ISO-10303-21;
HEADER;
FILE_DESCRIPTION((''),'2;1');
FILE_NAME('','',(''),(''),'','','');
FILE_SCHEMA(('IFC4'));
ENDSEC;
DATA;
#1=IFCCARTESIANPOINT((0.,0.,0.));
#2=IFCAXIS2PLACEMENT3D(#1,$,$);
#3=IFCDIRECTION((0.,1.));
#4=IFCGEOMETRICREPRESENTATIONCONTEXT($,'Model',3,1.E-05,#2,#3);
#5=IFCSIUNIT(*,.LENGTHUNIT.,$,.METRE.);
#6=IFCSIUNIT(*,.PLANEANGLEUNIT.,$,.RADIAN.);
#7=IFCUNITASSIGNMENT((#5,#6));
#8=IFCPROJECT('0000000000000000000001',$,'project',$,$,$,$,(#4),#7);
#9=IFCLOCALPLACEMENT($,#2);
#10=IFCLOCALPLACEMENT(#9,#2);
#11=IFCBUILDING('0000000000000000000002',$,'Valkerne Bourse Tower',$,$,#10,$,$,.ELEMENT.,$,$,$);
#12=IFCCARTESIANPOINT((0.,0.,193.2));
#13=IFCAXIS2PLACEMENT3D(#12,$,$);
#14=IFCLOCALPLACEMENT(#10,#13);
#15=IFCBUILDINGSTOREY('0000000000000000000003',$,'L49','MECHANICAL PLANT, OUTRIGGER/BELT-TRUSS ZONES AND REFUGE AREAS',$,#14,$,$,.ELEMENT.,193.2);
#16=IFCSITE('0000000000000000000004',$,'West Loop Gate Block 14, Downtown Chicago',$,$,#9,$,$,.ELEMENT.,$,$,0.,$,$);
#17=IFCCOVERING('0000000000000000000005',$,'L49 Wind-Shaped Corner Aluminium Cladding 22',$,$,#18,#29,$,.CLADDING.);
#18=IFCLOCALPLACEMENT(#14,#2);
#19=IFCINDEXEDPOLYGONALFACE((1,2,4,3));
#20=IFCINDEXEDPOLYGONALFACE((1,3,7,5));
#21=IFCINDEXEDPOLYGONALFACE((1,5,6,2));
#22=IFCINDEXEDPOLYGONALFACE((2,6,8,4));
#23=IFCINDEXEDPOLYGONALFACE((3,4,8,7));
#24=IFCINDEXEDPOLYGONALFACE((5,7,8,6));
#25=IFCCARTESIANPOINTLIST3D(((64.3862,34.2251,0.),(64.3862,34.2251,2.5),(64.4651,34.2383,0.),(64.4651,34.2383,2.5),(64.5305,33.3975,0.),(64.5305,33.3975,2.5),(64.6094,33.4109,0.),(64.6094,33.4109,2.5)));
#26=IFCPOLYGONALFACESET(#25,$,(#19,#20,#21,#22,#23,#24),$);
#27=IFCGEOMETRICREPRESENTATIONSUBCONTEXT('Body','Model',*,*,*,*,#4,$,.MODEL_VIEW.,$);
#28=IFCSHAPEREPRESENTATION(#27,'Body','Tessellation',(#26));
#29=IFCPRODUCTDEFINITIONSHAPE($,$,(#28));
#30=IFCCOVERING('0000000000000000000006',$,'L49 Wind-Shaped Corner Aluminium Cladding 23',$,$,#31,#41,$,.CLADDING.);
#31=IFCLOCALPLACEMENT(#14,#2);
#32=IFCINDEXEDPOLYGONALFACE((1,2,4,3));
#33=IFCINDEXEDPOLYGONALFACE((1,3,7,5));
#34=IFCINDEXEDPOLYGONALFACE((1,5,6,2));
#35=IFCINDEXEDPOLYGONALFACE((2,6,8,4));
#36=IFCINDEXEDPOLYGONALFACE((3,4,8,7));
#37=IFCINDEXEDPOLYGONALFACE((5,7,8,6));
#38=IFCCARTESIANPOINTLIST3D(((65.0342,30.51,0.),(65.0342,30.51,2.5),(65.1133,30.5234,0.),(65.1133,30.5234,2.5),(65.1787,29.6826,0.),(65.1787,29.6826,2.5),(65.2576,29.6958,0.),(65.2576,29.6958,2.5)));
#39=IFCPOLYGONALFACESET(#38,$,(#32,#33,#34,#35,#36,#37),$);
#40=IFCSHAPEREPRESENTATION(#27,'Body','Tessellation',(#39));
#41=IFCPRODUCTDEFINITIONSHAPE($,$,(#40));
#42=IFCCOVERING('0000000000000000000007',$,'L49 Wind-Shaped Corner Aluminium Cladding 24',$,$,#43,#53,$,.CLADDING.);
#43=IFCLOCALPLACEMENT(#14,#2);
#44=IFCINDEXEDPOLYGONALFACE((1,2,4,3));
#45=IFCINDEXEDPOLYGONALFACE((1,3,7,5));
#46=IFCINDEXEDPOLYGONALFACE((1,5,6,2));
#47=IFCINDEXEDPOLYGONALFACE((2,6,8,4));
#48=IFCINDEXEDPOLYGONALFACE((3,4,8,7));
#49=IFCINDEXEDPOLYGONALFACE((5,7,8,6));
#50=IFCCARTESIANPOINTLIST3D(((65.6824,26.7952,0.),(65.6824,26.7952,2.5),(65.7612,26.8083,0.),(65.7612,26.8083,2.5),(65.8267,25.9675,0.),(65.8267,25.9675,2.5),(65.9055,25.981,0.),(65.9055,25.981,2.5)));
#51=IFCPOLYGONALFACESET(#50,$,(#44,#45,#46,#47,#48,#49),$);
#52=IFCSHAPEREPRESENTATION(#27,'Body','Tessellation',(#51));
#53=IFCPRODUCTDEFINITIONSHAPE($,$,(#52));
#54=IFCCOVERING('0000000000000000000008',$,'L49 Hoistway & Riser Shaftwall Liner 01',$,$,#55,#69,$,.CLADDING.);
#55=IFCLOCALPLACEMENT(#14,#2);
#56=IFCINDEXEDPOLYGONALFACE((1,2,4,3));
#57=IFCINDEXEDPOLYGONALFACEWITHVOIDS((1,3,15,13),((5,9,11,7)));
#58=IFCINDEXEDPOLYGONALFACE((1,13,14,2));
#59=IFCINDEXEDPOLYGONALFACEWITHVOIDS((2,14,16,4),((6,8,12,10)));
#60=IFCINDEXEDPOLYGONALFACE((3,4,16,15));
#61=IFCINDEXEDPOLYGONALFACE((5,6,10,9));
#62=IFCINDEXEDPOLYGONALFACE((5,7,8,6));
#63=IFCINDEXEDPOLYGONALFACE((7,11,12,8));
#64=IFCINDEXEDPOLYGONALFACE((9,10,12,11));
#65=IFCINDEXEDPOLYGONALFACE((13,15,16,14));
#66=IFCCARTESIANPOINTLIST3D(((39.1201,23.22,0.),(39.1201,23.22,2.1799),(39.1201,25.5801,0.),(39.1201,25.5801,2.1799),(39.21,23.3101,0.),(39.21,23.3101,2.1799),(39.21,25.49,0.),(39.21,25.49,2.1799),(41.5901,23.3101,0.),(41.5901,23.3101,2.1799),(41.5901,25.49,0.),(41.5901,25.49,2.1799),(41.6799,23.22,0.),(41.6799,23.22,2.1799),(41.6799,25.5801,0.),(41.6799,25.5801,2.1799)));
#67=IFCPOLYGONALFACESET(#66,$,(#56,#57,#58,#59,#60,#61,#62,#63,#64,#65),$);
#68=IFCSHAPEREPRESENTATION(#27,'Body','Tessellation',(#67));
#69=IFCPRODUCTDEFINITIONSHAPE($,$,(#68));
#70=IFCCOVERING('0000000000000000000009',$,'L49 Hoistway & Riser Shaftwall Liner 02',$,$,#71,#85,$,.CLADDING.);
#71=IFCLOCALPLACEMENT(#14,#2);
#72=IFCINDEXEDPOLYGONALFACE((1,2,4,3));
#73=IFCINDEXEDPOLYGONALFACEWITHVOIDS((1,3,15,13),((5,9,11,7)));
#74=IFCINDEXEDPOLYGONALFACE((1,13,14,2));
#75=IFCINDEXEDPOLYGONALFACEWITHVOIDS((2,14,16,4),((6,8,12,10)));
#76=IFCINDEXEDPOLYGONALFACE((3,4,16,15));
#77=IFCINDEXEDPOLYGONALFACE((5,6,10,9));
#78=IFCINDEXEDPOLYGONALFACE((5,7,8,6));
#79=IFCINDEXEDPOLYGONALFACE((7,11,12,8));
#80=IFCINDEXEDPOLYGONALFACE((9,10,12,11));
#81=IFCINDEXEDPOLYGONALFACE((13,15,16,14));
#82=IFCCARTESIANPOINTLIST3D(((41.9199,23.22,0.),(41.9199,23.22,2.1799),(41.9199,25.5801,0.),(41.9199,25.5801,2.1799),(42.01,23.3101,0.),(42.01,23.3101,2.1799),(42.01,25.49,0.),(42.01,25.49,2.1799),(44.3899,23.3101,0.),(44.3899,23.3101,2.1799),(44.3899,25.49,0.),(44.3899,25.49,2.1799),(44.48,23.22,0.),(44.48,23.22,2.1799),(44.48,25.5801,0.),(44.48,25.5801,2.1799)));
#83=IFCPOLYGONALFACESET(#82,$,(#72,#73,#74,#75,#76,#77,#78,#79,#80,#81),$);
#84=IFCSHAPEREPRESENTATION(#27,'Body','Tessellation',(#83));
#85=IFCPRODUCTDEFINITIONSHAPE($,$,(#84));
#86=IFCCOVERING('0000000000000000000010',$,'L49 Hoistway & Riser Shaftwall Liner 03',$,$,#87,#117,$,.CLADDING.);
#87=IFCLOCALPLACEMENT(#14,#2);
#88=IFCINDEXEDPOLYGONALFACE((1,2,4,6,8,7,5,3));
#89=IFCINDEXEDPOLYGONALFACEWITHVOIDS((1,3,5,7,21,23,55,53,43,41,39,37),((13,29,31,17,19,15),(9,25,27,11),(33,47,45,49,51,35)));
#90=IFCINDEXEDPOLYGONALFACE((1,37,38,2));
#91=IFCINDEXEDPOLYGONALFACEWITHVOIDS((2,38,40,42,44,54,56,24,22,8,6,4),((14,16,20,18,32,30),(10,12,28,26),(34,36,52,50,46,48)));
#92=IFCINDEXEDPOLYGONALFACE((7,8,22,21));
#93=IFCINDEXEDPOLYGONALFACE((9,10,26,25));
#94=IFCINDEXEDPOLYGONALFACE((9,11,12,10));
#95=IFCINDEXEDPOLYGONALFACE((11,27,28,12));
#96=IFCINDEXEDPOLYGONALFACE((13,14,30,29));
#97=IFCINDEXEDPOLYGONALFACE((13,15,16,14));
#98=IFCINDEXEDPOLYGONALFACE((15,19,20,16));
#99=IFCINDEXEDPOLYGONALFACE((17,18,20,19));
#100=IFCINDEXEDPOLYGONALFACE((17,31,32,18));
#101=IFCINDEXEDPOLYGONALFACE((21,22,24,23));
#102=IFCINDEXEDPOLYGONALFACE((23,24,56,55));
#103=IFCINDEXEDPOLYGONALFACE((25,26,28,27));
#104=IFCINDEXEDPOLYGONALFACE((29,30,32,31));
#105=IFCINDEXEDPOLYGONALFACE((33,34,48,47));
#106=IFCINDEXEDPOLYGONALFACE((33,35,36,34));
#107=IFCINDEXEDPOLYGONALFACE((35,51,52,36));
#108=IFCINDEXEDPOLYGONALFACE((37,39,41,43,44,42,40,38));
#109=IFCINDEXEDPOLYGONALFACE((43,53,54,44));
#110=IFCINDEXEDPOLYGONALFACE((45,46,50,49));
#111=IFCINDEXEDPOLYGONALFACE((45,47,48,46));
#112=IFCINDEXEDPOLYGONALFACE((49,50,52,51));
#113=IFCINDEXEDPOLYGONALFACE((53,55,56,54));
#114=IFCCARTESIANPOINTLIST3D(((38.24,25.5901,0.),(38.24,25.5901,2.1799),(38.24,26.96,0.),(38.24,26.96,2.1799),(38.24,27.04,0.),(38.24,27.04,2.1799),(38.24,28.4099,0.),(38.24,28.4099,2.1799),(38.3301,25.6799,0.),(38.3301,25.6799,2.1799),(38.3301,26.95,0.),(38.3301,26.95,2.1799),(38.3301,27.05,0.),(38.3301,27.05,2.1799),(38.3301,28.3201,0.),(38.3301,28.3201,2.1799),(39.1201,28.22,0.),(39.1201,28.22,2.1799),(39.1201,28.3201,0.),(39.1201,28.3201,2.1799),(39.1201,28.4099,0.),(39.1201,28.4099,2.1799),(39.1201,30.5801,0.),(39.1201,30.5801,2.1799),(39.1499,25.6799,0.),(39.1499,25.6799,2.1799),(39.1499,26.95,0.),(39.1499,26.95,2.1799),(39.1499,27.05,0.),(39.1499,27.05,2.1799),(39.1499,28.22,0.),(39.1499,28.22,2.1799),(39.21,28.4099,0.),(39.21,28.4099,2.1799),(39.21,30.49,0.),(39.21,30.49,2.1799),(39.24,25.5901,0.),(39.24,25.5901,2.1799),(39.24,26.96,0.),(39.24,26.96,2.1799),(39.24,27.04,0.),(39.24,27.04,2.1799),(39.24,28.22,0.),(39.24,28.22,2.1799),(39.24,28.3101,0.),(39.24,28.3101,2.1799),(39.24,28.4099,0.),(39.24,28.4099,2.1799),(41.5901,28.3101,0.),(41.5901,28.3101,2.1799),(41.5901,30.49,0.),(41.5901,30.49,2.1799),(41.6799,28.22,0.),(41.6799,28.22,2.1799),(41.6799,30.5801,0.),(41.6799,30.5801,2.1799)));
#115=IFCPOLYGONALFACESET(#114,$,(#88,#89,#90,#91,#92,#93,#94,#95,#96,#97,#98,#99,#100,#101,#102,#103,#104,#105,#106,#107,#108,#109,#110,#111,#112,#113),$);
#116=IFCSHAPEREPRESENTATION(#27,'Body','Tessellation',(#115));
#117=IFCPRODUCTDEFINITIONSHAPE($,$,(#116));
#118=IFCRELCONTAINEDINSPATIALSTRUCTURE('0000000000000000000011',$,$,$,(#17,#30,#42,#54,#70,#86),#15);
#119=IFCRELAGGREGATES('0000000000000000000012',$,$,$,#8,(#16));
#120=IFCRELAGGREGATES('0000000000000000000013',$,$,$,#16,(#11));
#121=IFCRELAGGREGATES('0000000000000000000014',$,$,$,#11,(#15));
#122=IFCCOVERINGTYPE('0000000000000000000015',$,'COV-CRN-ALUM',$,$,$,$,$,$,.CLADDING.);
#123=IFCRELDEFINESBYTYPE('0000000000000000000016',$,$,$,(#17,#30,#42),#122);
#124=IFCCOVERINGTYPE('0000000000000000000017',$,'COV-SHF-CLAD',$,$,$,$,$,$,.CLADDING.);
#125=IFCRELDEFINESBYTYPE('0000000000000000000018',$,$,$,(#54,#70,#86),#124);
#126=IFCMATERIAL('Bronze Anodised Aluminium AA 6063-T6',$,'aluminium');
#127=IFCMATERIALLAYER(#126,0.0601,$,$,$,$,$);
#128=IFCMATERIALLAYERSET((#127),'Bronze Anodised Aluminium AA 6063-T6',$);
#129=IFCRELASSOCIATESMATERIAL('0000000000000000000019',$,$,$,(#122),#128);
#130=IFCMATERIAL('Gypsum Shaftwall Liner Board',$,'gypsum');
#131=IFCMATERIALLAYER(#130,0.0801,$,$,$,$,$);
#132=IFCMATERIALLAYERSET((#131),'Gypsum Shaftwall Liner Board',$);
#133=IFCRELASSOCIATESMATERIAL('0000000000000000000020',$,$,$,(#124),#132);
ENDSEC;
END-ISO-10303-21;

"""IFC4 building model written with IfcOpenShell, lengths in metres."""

from ifc_helpers import new_model, si_unit, direction, frame, origin, place, context, subcontext, project, spatial, polyline, outline, extrude, material, layer, layer_set, type_object, element, save


model = new_model("IFC4")

# Units and contexts
model_context = context("Model", 3, precision=1e-05, world=origin(), true_north=direction((0.0, 1.0)))
body_context = subcontext(model_context, "Body", "Model", "MODEL_VIEW")
ifc_project = project(units=[si_unit("LENGTHUNIT", "METRE"), si_unit("PLANEANGLEUNIT", "RADIAN")], contexts=[model_context])

# Site, building, storey
site_placement = place(None, origin())
site = spatial("IfcSite", under=ifc_project, at=site_placement, Name="West Loop Gate Block 14, Downtown Chicago", CompositionType="ELEMENT", RefElevation=0.0)
building_placement = place(site_placement, origin())
building = spatial("IfcBuilding", under=site, at=building_placement, Name="Valkerne Bourse Tower", CompositionType="ELEMENT")
storey_placement = place(building_placement, frame((0.0, 0.0, 193.2)))
storey = spatial("IfcBuildingStorey", under=building, at=storey_placement, Name="L49", Description="MECHANICAL PLANT, OUTRIGGER/BELT-TRUSS ZONES AND REFUGE AREAS", CompositionType="ELEMENT", Elevation=193.2)

# Coverings
ifc_material_1 = material(Name="Bronze Anodised Aluminium AA 6063-T6", Category="aluminium")
ifc_layer_1 = layer(ifc_material_1, 0.0601)
ifc_layer_set_1 = layer_set([ifc_layer_1], Name="Bronze Anodised Aluminium AA 6063-T6")
covering_type_1 = type_object("IfcCoveringType", Name="COV-CRN-ALUM", PredefinedType="CLADDING", material=ifc_layer_set_1)
covering_1_placement = place(storey_placement, origin())
element("IfcCovering", 1, at=covering_1_placement, inside=storey, type_object=covering_type_1, Name="L49 Wind-Shaped Corner Aluminium Cladding 22", PredefinedType="CLADDING", context=body_context, shape_type="SweptSolid", body=[
    extrude(outline(polyline([(64.6094, 33.4109), (64.5305, 33.3975), (64.3862, 34.2251), (64.4651, 34.2383), (64.6094, 33.4109)])), origin(), (0.0, 0.0, 1.0), 2.5),
])
covering_2_placement = place(storey_placement, origin())
element("IfcCovering", 2, at=covering_2_placement, inside=storey, type_object=covering_type_1, Name="L49 Wind-Shaped Corner Aluminium Cladding 23", PredefinedType="CLADDING", context=body_context, shape_type="SweptSolid", body=[
    extrude(outline(polyline([(65.2576, 29.6958), (65.1787, 29.6826), (65.0342, 30.51), (65.1133, 30.5234), (65.2576, 29.6958)])), origin(), (0.0, 0.0, 1.0), 2.5),
])
covering_3_placement = place(storey_placement, origin())
element("IfcCovering", 3, at=covering_3_placement, inside=storey, type_object=covering_type_1, Name="L49 Wind-Shaped Corner Aluminium Cladding 24", PredefinedType="CLADDING", context=body_context, shape_type="SweptSolid", body=[
    extrude(outline(polyline([(65.9055, 25.981), (65.8267, 25.9675), (65.6824, 26.7952), (65.7612, 26.8083), (65.9055, 25.981)])), origin(), (0.0, 0.0, 1.0), 2.5),
])
ifc_material_2 = material(Name="Gypsum Shaftwall Liner Board", Category="gypsum")
ifc_layer_2 = layer(ifc_material_2, 0.0801)
ifc_layer_set_2 = layer_set([ifc_layer_2], Name="Gypsum Shaftwall Liner Board")
covering_type_2 = type_object("IfcCoveringType", Name="COV-SHF-CLAD", PredefinedType="CLADDING", material=ifc_layer_set_2)
covering_4_placement = place(storey_placement, origin())
element("IfcCovering", 4, at=covering_4_placement, inside=storey, type_object=covering_type_2, Name="L49 Hoistway & Riser Shaftwall Liner 01", PredefinedType="CLADDING", context=body_context, shape_type="SweptSolid", body=[
    extrude(outline(polyline([(41.6799, 25.5801), (41.6799, 23.22), (39.1201, 23.22), (39.1201, 25.5801), (41.6799, 25.5801)]), holes=[polyline([(41.5901, 25.49), (39.21, 25.49), (39.21, 23.3101), (41.5901, 23.3101), (41.5901, 25.49)])]), origin(), (0.0, 0.0, 1.0), 2.1799),
])
covering_5_placement = place(storey_placement, origin())
element("IfcCovering", 5, at=covering_5_placement, inside=storey, type_object=covering_type_2, Name="L49 Hoistway & Riser Shaftwall Liner 02", PredefinedType="CLADDING", context=body_context, shape_type="SweptSolid", body=[
    extrude(outline(polyline([(44.48, 23.22), (41.9199, 23.22), (41.9199, 25.5801), (44.48, 25.5801), (44.48, 23.22)]), holes=[polyline([(42.01, 25.49), (42.01, 23.3101), (44.3899, 23.3101), (44.3899, 25.49), (42.01, 25.49)])]), origin(), (0.0, 0.0, 1.0), 2.1799),
])
covering_6_placement = place(storey_placement, origin())
element("IfcCovering", 6, at=covering_6_placement, inside=storey, type_object=covering_type_2, Name="L49 Hoistway & Riser Shaftwall Liner 03", PredefinedType="CLADDING", context=body_context, shape_type="SweptSolid", body=[
    extrude(outline(polyline([(38.24, 28.4099), (39.1201, 28.4099), (39.1201, 30.5801), (41.6799, 30.5801), (41.6799, 28.22), (39.24, 28.22), (39.24, 27.04), (39.24, 26.96), (39.24, 25.5901), (38.24, 25.5901), (38.24, 26.96), (38.24, 27.04), (38.24, 28.4099)]), holes=[polyline([(38.3301, 26.95), (38.3301, 25.6799), (39.1499, 25.6799), (39.1499, 26.95), (38.3301, 26.95)]), polyline([(39.21, 30.49), (39.21, 28.4099), (39.24, 28.4099), (39.24, 28.3101), (41.5901, 28.3101), (41.5901, 30.49), (39.21, 30.49)]), polyline([(38.3301, 27.05), (39.1499, 27.05), (39.1499, 28.22), (39.1201, 28.22), (39.1201, 28.3201), (38.3301, 28.3201), (38.3301, 27.05)])]), origin(), (0.0, 0.0, 1.0), 2.1799),
])

save(model, "model.ifc")
